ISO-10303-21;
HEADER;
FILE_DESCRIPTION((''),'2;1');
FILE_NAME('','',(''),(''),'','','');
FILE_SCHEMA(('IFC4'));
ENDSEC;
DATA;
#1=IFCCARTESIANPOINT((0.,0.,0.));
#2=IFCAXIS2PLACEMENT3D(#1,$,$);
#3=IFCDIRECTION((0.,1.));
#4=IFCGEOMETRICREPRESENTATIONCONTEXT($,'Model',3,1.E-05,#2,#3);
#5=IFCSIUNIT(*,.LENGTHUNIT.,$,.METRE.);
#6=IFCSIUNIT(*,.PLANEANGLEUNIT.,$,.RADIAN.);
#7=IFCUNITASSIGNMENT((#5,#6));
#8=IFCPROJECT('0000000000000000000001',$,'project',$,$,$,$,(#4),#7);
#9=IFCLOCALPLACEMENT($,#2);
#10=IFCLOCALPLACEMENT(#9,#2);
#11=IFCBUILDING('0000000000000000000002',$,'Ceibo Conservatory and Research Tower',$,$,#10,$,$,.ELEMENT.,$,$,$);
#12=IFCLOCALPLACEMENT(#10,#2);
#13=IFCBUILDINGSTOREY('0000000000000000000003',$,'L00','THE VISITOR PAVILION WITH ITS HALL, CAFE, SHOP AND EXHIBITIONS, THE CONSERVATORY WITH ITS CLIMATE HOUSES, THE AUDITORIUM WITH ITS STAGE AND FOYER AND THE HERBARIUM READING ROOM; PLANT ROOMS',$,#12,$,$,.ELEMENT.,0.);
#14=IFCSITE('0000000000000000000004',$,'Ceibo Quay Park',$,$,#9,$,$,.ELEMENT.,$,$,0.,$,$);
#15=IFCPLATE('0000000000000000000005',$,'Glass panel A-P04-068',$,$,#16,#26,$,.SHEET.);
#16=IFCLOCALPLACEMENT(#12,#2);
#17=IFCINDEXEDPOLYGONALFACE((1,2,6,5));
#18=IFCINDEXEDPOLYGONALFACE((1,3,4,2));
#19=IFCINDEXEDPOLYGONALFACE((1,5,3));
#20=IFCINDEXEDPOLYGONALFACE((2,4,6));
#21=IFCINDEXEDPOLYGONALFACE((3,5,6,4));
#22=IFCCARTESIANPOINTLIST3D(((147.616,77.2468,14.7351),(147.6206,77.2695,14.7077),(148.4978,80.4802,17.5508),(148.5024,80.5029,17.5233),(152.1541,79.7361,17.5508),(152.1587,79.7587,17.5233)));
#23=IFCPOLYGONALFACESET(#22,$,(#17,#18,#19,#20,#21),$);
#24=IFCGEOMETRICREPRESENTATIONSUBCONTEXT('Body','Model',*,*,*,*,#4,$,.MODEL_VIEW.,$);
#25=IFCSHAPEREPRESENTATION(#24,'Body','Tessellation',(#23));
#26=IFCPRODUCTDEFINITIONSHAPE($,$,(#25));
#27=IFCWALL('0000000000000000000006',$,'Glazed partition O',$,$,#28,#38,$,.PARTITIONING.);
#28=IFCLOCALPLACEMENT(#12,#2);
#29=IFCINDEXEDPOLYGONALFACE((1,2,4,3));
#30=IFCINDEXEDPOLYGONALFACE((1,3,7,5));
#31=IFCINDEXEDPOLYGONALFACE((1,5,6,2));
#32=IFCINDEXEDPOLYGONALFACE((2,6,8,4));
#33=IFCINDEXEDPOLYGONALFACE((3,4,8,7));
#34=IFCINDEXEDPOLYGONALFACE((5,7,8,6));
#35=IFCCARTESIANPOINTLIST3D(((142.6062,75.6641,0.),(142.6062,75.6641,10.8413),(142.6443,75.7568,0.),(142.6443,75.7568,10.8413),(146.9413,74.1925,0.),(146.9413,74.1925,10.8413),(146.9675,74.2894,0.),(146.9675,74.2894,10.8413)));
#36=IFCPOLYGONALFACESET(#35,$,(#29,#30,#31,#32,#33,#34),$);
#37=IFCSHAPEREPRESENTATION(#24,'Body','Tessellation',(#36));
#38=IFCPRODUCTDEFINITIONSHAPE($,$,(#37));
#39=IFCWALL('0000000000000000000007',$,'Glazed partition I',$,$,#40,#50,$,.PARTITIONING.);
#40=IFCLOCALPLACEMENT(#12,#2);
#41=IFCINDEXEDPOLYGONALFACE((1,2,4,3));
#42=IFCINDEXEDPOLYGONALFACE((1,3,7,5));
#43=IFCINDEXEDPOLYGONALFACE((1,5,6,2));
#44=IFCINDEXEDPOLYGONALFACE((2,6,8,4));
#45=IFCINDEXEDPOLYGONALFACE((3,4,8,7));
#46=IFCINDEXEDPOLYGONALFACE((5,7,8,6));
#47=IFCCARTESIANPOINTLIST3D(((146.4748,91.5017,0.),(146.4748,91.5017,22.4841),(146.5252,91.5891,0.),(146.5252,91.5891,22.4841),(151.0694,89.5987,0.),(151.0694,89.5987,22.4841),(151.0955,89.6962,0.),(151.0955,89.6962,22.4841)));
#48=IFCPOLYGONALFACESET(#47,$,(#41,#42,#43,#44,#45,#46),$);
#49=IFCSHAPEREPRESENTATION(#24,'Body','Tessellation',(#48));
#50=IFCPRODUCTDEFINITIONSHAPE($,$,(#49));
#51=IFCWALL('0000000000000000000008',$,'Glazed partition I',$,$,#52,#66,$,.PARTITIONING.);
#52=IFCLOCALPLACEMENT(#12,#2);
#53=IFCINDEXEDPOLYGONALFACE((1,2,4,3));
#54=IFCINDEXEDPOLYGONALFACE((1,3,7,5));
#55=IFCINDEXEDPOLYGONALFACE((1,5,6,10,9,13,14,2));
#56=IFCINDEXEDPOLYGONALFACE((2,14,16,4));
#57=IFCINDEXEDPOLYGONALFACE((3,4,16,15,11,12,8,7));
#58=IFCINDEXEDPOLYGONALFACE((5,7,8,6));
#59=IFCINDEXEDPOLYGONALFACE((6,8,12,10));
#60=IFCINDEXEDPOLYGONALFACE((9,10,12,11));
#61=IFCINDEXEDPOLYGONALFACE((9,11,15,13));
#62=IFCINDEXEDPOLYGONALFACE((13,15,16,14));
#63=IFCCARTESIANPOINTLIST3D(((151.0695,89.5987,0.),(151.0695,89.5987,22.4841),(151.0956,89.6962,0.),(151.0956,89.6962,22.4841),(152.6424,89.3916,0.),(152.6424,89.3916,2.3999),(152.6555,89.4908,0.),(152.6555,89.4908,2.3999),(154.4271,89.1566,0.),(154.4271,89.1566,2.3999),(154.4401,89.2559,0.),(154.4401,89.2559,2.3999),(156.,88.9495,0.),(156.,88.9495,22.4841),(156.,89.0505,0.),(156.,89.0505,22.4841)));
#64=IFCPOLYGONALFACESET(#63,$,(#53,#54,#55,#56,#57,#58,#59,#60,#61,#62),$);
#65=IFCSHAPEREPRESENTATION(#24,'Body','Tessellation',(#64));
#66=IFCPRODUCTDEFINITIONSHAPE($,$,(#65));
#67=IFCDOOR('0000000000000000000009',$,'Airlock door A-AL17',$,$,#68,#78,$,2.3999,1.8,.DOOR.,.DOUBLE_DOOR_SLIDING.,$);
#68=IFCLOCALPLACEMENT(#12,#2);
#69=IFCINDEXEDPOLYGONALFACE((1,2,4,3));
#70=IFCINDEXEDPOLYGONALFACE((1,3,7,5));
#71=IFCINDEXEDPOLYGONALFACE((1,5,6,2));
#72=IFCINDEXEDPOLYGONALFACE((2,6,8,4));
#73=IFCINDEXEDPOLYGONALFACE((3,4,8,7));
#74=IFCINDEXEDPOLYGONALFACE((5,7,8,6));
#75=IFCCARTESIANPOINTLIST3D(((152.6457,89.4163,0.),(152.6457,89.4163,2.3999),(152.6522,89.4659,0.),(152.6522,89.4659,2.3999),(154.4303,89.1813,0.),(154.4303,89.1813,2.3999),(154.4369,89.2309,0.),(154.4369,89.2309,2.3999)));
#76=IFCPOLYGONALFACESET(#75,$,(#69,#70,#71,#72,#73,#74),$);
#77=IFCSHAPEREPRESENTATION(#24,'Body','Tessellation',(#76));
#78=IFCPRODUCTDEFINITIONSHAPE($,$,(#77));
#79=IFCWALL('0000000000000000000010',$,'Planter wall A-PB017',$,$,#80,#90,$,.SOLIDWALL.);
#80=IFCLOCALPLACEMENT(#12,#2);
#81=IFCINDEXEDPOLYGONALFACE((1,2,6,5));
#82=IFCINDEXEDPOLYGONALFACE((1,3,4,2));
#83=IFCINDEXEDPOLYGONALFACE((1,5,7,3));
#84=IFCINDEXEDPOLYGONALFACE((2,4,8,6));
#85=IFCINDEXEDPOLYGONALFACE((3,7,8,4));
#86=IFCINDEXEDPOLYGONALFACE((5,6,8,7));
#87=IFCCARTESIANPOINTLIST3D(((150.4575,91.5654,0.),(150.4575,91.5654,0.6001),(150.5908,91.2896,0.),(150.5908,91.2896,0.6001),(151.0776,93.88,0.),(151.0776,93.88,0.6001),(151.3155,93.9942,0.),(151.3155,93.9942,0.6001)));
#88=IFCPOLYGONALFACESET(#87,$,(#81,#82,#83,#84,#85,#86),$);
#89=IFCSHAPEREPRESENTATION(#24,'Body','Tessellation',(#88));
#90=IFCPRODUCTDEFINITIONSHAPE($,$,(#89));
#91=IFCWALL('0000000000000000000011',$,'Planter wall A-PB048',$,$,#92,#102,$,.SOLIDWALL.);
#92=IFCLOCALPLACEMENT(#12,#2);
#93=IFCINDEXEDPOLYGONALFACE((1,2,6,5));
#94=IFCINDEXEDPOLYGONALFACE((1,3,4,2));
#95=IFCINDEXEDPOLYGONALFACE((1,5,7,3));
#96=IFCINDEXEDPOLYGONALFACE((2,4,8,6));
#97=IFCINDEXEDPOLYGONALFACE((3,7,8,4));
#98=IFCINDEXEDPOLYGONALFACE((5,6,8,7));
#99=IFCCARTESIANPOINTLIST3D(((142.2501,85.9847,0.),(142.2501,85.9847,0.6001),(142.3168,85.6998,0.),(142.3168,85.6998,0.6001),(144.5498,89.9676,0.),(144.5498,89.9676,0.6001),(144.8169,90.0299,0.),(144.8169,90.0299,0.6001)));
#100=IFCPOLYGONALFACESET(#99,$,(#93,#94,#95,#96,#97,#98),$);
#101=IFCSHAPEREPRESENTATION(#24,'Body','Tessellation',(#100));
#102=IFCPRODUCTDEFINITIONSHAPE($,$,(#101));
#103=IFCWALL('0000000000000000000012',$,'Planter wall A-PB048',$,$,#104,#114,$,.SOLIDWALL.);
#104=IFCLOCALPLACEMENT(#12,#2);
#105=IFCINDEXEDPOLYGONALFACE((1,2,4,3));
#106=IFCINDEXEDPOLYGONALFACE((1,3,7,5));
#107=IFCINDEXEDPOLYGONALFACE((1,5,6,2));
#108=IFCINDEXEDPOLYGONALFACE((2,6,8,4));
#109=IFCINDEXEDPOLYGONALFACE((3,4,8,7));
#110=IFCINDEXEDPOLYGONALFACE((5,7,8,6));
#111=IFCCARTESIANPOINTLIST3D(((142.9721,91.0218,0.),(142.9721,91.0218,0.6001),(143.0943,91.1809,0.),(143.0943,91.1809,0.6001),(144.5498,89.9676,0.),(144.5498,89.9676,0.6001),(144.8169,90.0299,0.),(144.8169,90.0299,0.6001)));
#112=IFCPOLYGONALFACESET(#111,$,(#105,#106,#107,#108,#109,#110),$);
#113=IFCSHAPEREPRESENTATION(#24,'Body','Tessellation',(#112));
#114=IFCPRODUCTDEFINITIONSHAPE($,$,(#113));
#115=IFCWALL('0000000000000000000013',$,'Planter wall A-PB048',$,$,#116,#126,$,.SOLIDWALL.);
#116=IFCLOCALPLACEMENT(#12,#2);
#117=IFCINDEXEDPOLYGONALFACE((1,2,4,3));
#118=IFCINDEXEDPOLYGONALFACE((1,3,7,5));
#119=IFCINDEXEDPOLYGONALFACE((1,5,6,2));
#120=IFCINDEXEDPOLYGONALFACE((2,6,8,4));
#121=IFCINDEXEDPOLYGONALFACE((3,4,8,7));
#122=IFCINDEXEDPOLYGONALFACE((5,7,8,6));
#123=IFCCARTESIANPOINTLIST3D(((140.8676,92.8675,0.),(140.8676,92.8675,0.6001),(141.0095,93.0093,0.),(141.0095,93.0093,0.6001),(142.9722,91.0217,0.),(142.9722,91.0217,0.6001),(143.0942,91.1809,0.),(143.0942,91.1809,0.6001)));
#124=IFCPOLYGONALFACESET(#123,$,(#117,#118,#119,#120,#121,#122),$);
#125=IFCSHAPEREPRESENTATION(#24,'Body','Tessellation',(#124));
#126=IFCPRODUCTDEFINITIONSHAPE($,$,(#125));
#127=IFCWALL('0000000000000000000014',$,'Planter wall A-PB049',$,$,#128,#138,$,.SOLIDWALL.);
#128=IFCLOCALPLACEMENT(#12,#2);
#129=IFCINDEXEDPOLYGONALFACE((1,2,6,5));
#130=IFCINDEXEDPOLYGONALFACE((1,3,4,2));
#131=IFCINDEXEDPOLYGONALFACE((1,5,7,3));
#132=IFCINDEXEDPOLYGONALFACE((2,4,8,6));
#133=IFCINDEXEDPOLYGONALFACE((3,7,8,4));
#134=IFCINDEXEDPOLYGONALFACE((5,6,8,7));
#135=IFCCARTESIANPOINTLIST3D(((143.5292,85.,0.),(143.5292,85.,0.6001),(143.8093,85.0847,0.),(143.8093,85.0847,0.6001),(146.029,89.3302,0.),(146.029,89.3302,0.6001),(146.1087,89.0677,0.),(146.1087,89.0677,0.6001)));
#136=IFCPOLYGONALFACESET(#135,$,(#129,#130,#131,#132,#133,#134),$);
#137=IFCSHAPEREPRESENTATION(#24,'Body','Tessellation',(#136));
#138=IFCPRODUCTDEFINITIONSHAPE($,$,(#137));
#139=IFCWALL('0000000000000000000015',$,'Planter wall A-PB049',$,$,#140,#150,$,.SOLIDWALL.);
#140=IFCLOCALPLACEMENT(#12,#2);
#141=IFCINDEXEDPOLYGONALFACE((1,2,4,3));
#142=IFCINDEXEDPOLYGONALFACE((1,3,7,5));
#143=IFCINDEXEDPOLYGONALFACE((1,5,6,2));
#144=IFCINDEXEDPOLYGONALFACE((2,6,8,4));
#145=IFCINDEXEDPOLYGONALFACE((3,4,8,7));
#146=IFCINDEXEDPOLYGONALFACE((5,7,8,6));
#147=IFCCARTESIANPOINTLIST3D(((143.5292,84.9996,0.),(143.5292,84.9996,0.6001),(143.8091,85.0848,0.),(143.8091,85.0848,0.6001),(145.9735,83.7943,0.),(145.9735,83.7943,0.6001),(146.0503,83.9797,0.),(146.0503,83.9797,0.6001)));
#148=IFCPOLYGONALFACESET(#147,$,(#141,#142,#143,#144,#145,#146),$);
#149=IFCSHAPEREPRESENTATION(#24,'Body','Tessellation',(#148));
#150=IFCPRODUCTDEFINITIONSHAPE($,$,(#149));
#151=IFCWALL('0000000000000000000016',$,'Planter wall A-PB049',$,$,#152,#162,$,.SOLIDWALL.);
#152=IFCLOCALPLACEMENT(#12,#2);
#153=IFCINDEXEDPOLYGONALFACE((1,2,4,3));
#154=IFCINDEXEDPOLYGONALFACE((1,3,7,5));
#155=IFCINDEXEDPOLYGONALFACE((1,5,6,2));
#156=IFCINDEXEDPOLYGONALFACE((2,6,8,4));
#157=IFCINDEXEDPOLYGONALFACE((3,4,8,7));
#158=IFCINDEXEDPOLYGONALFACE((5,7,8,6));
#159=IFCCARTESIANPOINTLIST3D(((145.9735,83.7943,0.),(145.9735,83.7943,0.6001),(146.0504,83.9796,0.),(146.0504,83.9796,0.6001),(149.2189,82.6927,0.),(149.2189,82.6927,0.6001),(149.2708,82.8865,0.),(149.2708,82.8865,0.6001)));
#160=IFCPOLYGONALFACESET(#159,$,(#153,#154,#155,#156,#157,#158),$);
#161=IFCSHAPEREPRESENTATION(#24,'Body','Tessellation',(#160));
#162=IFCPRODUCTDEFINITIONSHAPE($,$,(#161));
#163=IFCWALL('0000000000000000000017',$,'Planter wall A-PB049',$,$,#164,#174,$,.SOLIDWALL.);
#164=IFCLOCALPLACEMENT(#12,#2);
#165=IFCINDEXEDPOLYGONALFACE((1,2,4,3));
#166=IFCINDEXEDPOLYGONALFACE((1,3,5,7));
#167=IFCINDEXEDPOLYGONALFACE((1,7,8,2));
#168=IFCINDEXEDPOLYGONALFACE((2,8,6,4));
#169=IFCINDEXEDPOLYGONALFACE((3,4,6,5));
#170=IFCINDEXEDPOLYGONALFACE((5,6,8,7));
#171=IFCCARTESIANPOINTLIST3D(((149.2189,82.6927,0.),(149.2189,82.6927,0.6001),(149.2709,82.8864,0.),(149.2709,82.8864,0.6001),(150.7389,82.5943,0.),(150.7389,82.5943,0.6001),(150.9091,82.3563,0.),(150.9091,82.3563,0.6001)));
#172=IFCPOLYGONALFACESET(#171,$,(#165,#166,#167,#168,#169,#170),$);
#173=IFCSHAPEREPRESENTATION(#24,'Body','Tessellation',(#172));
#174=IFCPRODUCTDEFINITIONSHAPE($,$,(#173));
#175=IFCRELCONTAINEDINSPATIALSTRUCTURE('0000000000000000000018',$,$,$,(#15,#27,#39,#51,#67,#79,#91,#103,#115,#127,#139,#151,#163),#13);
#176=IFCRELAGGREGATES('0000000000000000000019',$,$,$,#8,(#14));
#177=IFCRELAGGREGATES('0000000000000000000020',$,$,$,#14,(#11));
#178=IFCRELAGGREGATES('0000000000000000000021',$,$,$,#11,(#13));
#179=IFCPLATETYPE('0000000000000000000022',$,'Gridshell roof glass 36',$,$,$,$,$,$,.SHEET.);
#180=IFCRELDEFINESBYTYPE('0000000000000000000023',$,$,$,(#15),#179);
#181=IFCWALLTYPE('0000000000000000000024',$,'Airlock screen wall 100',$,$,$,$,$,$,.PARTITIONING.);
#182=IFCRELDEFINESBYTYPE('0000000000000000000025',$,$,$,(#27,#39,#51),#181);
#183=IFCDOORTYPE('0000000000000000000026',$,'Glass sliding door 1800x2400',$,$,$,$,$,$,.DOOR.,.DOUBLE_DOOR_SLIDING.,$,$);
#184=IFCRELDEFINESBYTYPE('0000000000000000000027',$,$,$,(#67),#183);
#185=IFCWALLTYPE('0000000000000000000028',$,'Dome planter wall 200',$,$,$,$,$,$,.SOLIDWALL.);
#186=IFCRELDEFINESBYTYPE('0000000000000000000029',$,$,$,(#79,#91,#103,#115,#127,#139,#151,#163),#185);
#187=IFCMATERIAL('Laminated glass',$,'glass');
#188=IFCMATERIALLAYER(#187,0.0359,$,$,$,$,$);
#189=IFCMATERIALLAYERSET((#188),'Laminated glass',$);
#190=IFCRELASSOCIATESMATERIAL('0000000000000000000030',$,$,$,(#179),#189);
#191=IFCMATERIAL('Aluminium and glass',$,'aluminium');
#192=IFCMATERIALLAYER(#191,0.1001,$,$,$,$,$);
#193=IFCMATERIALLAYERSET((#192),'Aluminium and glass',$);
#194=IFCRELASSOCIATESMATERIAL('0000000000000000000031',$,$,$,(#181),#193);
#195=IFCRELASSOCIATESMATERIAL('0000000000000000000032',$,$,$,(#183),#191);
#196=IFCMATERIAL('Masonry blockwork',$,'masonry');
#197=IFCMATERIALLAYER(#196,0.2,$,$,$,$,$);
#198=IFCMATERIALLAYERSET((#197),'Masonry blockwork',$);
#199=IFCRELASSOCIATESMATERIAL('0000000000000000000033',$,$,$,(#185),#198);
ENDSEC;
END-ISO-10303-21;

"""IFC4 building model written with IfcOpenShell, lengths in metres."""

from ifc_helpers import new_model, si_unit, direction, frame, frame_2d, origin, place, context, subcontext, project, spatial, polyline, rectangle, outline, extrude, material, layer, layer_set, type_object, element, fill, save


model = new_model("IFC4")

# Units and contexts
model_context = context("Model", 3, precision=1e-05, world=origin(), true_north=direction((0.0, 1.0)))
body_context = subcontext(model_context, "Body", "Model", "MODEL_VIEW")
ifc_project = project(units=[si_unit("LENGTHUNIT", "METRE"), si_unit("PLANEANGLEUNIT", "RADIAN")], contexts=[model_context])

# Site, building, storey
site_placement = place(None, origin())
site = spatial("IfcSite", under=ifc_project, at=site_placement, Name="Ceibo Quay Park", CompositionType="ELEMENT", RefElevation=0.0)
building_placement = place(site_placement, origin())
building = spatial("IfcBuilding", under=site, at=building_placement, Name="Ceibo Conservatory and Research Tower", CompositionType="ELEMENT")
storey_placement = place(building_placement, origin())
storey = spatial("IfcBuildingStorey", under=building, at=storey_placement, Name="L00", Description="THE VISITOR PAVILION WITH ITS HALL, CAFE, SHOP AND EXHIBITIONS, THE CONSERVATORY WITH ITS CLIMATE HOUSES, THE AUDITORIUM WITH ITS STAGE AND FOYER AND THE HERBARIUM READING ROOM; PLANT ROOMS", CompositionType="ELEMENT", Elevation=0.0)

# Plate
ifc_material_1 = material(Name="Laminated glass", Category="glass")
ifc_layer_1 = layer(ifc_material_1, 0.0359)
ifc_layer_set_1 = layer_set([ifc_layer_1], Name="Laminated glass")
plate_type = type_object("IfcPlateType", Name="Gridshell roof glass 36", PredefinedType="SHEET", material=ifc_layer_set_1)
plate_1_placement = place(storey_placement, frame((147.616, 77.2468, 14.7351), z_axis=(-0.128449, -0.631118, 0.764978), x_axis=(0.770178, 0.422463, 0.47786)))
element("IfcPlate", 1, at=plate_1_placement, inside=storey, type_object=plate_type, Name="Glass panel A-P04-068", PredefinedType="SHEET", context=body_context, shape_type="SweptSolid", body=[
    extrude(outline(polyline([(0.0, 0.0), (5.8923, 0.0), (3.3907, 2.7684), (0.0, 0.0)])), origin(), (0.0, 0.0, -1.0), 0.0359),
])

# Walls
ifc_material_2 = material(Name="Aluminium and glass", Category="aluminium")
ifc_layer_2 = layer(ifc_material_2, 0.1001)
ifc_layer_set_2 = layer_set([ifc_layer_2], Name="Aluminium and glass")
wall_type_1 = type_object("IfcWallType", Name="Airlock screen wall 100", PredefinedType="PARTITIONING", material=ifc_layer_set_2)
wall_1_placement = place(storey_placement, frame((142.6252, 75.7104, 0.0), z_axis=(0.0, 0.0, 1.0), x_axis=(0.946933, -0.32143, 0.0)))
element("IfcWall", 2, at=wall_1_placement, inside=storey, type_object=wall_type_1, Name="Glazed partition O", PredefinedType="PARTITIONING", context=body_context, shape_type="SweptSolid", body=[
    extrude(outline(polyline([(-0.0032, -0.05), (4.575, -0.05), (4.5686, 0.05), (0.0032, 0.05), (-0.0032, -0.05)])), origin(), (0.0, 0.0, 1.0), 10.8413),
])
wall_2_placement = place(storey_placement, frame((146.5, 91.5454, 0.0), z_axis=(0.0, 0.0, 1.0), x_axis=(0.923893, -0.38265, 0.0)))
element("IfcWall", 3, at=wall_2_placement, inside=storey, type_object=wall_type_1, Name="Glazed partition I", PredefinedType="PARTITIONING", context=body_context, shape_type="SweptSolid", body=[
    extrude(outline(polyline([(-0.0066, -0.05), (4.9666, -0.05), (4.9534, 0.05), (0.0066, 0.05), (-0.0066, -0.05)])), origin(), (0.0, 0.0, 1.0), 22.4841),
])

# Wall, opening, door
wall_3_placement = place(storey_placement, frame((151.0825, 89.6475, 0.0), z_axis=(0.0, 0.0, 1.0), x_axis=(0.991443, -0.130539, 0.0)))
wall_3 = element("IfcWall", 4, at=wall_3_placement, inside=storey, type_object=wall_type_1, Name="Glazed partition I", PredefinedType="PARTITIONING", context=body_context, shape_type="SweptSolid", body=[
    extrude(outline(polyline([(-0.0066, -0.05), (4.9666, -0.05), (4.9534, 0.05), (0.0066, 0.05), (-0.0066, -0.05)])), origin(), (0.0, 0.0, 1.0), 22.4841),
])
opening_placement = place(wall_3_placement, frame((1.5801, 0.0, 0.0)))
opening = element("IfcOpeningElement", 5, at=opening_placement, cuts=wall_3, PredefinedType="OPENING", context=body_context, shape_type="SweptSolid", body=[
    extrude(rectangle(XDim=1.8, YDim=2.3999, at=frame_2d((0.8999, 1.2))), frame((0.0, 0.0601, 0.0), z_axis=(0.0, -1.0, 0.0), x_axis=(1.0, 0.0, 0.0)), (0.0, 0.0, 1.0), 0.1201),
])
door_type = type_object("IfcDoorType", Name="Glass sliding door 1800x2400", OperationType="DOUBLE_DOOR_SLIDING", PredefinedType="DOOR", material=ifc_material_2)
door_placement = place(opening_placement, origin())
door = element("IfcDoor", 6, at=door_placement, inside=storey, type_object=door_type, Name="Airlock door A-AL17", OperationType="DOUBLE_DOOR_SLIDING", OverallHeight=2.3999, OverallWidth=1.8, PredefinedType="DOOR", context=body_context, shape_type="SweptSolid", body=[
    extrude(rectangle(XDim=1.8, YDim=2.3999, at=frame_2d((0.8999, 1.2))), frame((0.0, 0.0249, 0.0), z_axis=(0.0, -1.0, 0.0), x_axis=(1.0, 0.0, 0.0)), (0.0, 0.0, 1.0), 0.05),
])
fill(opening, door)

# Walls
ifc_material_3 = material(Name="Masonry blockwork", Category="masonry")
ifc_layer_3 = layer(ifc_material_3, 0.2)
ifc_layer_set_3 = layer_set([ifc_layer_3], Name="Masonry blockwork")
wall_type_2 = type_object("IfcWallType", Name="Dome planter wall 200", PredefinedType="SOLIDWALL", material=ifc_layer_set_3)
wall_4_placement = place(storey_placement, frame((150.5242, 91.4275, 0.0), z_axis=(0.0, 0.0, 1.0), x_axis=(0.258797, 0.965932, 0.0)))
element("IfcWall", 7, at=wall_4_placement, inside=storey, type_object=wall_type_2, Name="Planter wall A-PB017", PredefinedType="SOLIDWALL", context=body_context, shape_type="SweptSolid", body=[
    extrude(outline(polyline([(-0.116, -0.1001), (2.6841, -0.1001), (2.5122, 0.1001), (0.116, 0.1001), (-0.116, -0.1001)])), origin(), (0.0, 0.0, 1.0), 0.6001),
])
wall_5_placement = place(storey_placement, frame((142.2834, 85.8423, 0.0), z_axis=(0.0, 0.0, 1.0), x_axis=(0.500023, 0.866012, 0.0)))
element("IfcWall", 8, at=wall_5_placement, inside=storey, type_object=wall_type_2, Name="Planter wall A-PB048", PredefinedType="SOLIDWALL", context=body_context, shape_type="SweptSolid", body=[
    extrude(outline(polyline([(-0.1067, -0.1001), (4.8933, -0.1001), (4.7058, 0.1001), (0.1067, 0.1001), (-0.1067, -0.1001)])), origin(), (0.0, 0.0, 1.0), 0.6001),
])
wall_6_placement = place(storey_placement, frame((144.6833, 89.9988, 0.0), z_axis=(0.0, 0.0, 1.0), x_axis=(-0.831482, 0.555552, 0.0)))
element("IfcWall", 9, at=wall_6_placement, inside=storey, type_object=wall_type_2, Name="Planter wall A-PB048", PredefinedType="SOLIDWALL", context=body_context, shape_type="SweptSolid", body=[
    extrude(outline(polyline([(-0.0938, -0.1001), (1.978, -0.1001), (1.9912, 0.1001), (0.0938, 0.1001), (-0.0938, -0.1001)])), origin(), (0.0, 0.0, 1.0), 0.6001),
])
wall_7_placement = place(storey_placement, frame((143.0332, 91.1013, 0.0), z_axis=(0.0, 0.0, 1.0), x_axis=(-0.751816, 0.659373, 0.0)))
element("IfcWall", 10, at=wall_7_placement, inside=storey, type_object=wall_type_2, Name="Planter wall A-PB048", PredefinedType="SOLIDWALL", context=body_context, shape_type="SweptSolid", body=[
    extrude(outline(polyline([(0.0066, -0.1001), (2.7795, -0.1001), (2.7927, 0.1001), (-0.0066, 0.1001), (0.0066, -0.1001)])), origin(), (0.0, 0.0, 1.0), 0.6001),
])
wall_8_placement = place(storey_placement, frame((146.0688, 89.199, 0.0), z_axis=(0.0, 0.0, 1.0), x_axis=(-0.499963, -0.866047, 0.0)))
element("IfcWall", 11, at=wall_8_placement, inside=storey, type_object=wall_type_2, Name="Planter wall A-PB049", PredefinedType="SOLIDWALL", context=body_context, shape_type="SweptSolid", body=[
    extrude(outline(polyline([(-0.0938, -0.1001), (4.9062, -0.1001), (4.6929, 0.1001), (0.0938, 0.1001), (-0.0938, -0.1001)])), origin(), (0.0, 0.0, 1.0), 0.6001),
])
wall_9_placement = place(storey_placement, frame((143.6692, 85.0422, 0.0), z_axis=(0.0, 0.0, 1.0), x_axis=(0.896881, -0.442272, 0.0)))
element("IfcWall", 12, at=wall_9_placement, inside=storey, type_object=wall_type_2, Name="Planter wall A-PB049", PredefinedType="SOLIDWALL", context=body_context, shape_type="SweptSolid", body=[
    extrude(outline(polyline([(-0.1067, -0.1001), (2.6187, -0.1001), (2.6055, 0.1001), (0.1067, 0.1001), (-0.1067, -0.1001)])), origin(), (0.0, 0.0, 1.0), 0.6001),
])
wall_10_placement = place(storey_placement, frame((146.012, 83.887, 0.0), z_axis=(0.0, 0.0, 1.0), x_axis=(0.946931, -0.321436, 0.0)))
element("IfcWall", 13, at=wall_10_placement, inside=storey, type_object=wall_type_2, Name="Planter wall A-PB049", PredefinedType="SOLIDWALL", context=body_context, shape_type="SweptSolid", body=[
    extrude(outline(polyline([(-0.0066, -0.1001), (3.4207, -0.1001), (3.4075, 0.1001), (0.0066, 0.1001), (-0.0066, -0.1001)])), origin(), (0.0, 0.0, 1.0), 0.6001),
])
wall_11_placement = place(storey_placement, frame((149.2449, 82.7896, 0.0), z_axis=(0.0, 0.0, 1.0), x_axis=(0.980773, -0.195154, 0.0)))
element("IfcWall", 14, at=wall_11_placement, inside=storey, type_object=wall_type_2, Name="Planter wall A-PB049", PredefinedType="SOLIDWALL", context=body_context, shape_type="SweptSolid", body=[
    extrude(outline(polyline([(-0.0066, -0.1001), (1.7168, -0.1001), (1.5034, 0.1001), (0.0066, 0.1001), (-0.0066, -0.1001)])), origin(), (0.0, 0.0, 1.0), 0.6001),
])

save(model, "model.ifc")
